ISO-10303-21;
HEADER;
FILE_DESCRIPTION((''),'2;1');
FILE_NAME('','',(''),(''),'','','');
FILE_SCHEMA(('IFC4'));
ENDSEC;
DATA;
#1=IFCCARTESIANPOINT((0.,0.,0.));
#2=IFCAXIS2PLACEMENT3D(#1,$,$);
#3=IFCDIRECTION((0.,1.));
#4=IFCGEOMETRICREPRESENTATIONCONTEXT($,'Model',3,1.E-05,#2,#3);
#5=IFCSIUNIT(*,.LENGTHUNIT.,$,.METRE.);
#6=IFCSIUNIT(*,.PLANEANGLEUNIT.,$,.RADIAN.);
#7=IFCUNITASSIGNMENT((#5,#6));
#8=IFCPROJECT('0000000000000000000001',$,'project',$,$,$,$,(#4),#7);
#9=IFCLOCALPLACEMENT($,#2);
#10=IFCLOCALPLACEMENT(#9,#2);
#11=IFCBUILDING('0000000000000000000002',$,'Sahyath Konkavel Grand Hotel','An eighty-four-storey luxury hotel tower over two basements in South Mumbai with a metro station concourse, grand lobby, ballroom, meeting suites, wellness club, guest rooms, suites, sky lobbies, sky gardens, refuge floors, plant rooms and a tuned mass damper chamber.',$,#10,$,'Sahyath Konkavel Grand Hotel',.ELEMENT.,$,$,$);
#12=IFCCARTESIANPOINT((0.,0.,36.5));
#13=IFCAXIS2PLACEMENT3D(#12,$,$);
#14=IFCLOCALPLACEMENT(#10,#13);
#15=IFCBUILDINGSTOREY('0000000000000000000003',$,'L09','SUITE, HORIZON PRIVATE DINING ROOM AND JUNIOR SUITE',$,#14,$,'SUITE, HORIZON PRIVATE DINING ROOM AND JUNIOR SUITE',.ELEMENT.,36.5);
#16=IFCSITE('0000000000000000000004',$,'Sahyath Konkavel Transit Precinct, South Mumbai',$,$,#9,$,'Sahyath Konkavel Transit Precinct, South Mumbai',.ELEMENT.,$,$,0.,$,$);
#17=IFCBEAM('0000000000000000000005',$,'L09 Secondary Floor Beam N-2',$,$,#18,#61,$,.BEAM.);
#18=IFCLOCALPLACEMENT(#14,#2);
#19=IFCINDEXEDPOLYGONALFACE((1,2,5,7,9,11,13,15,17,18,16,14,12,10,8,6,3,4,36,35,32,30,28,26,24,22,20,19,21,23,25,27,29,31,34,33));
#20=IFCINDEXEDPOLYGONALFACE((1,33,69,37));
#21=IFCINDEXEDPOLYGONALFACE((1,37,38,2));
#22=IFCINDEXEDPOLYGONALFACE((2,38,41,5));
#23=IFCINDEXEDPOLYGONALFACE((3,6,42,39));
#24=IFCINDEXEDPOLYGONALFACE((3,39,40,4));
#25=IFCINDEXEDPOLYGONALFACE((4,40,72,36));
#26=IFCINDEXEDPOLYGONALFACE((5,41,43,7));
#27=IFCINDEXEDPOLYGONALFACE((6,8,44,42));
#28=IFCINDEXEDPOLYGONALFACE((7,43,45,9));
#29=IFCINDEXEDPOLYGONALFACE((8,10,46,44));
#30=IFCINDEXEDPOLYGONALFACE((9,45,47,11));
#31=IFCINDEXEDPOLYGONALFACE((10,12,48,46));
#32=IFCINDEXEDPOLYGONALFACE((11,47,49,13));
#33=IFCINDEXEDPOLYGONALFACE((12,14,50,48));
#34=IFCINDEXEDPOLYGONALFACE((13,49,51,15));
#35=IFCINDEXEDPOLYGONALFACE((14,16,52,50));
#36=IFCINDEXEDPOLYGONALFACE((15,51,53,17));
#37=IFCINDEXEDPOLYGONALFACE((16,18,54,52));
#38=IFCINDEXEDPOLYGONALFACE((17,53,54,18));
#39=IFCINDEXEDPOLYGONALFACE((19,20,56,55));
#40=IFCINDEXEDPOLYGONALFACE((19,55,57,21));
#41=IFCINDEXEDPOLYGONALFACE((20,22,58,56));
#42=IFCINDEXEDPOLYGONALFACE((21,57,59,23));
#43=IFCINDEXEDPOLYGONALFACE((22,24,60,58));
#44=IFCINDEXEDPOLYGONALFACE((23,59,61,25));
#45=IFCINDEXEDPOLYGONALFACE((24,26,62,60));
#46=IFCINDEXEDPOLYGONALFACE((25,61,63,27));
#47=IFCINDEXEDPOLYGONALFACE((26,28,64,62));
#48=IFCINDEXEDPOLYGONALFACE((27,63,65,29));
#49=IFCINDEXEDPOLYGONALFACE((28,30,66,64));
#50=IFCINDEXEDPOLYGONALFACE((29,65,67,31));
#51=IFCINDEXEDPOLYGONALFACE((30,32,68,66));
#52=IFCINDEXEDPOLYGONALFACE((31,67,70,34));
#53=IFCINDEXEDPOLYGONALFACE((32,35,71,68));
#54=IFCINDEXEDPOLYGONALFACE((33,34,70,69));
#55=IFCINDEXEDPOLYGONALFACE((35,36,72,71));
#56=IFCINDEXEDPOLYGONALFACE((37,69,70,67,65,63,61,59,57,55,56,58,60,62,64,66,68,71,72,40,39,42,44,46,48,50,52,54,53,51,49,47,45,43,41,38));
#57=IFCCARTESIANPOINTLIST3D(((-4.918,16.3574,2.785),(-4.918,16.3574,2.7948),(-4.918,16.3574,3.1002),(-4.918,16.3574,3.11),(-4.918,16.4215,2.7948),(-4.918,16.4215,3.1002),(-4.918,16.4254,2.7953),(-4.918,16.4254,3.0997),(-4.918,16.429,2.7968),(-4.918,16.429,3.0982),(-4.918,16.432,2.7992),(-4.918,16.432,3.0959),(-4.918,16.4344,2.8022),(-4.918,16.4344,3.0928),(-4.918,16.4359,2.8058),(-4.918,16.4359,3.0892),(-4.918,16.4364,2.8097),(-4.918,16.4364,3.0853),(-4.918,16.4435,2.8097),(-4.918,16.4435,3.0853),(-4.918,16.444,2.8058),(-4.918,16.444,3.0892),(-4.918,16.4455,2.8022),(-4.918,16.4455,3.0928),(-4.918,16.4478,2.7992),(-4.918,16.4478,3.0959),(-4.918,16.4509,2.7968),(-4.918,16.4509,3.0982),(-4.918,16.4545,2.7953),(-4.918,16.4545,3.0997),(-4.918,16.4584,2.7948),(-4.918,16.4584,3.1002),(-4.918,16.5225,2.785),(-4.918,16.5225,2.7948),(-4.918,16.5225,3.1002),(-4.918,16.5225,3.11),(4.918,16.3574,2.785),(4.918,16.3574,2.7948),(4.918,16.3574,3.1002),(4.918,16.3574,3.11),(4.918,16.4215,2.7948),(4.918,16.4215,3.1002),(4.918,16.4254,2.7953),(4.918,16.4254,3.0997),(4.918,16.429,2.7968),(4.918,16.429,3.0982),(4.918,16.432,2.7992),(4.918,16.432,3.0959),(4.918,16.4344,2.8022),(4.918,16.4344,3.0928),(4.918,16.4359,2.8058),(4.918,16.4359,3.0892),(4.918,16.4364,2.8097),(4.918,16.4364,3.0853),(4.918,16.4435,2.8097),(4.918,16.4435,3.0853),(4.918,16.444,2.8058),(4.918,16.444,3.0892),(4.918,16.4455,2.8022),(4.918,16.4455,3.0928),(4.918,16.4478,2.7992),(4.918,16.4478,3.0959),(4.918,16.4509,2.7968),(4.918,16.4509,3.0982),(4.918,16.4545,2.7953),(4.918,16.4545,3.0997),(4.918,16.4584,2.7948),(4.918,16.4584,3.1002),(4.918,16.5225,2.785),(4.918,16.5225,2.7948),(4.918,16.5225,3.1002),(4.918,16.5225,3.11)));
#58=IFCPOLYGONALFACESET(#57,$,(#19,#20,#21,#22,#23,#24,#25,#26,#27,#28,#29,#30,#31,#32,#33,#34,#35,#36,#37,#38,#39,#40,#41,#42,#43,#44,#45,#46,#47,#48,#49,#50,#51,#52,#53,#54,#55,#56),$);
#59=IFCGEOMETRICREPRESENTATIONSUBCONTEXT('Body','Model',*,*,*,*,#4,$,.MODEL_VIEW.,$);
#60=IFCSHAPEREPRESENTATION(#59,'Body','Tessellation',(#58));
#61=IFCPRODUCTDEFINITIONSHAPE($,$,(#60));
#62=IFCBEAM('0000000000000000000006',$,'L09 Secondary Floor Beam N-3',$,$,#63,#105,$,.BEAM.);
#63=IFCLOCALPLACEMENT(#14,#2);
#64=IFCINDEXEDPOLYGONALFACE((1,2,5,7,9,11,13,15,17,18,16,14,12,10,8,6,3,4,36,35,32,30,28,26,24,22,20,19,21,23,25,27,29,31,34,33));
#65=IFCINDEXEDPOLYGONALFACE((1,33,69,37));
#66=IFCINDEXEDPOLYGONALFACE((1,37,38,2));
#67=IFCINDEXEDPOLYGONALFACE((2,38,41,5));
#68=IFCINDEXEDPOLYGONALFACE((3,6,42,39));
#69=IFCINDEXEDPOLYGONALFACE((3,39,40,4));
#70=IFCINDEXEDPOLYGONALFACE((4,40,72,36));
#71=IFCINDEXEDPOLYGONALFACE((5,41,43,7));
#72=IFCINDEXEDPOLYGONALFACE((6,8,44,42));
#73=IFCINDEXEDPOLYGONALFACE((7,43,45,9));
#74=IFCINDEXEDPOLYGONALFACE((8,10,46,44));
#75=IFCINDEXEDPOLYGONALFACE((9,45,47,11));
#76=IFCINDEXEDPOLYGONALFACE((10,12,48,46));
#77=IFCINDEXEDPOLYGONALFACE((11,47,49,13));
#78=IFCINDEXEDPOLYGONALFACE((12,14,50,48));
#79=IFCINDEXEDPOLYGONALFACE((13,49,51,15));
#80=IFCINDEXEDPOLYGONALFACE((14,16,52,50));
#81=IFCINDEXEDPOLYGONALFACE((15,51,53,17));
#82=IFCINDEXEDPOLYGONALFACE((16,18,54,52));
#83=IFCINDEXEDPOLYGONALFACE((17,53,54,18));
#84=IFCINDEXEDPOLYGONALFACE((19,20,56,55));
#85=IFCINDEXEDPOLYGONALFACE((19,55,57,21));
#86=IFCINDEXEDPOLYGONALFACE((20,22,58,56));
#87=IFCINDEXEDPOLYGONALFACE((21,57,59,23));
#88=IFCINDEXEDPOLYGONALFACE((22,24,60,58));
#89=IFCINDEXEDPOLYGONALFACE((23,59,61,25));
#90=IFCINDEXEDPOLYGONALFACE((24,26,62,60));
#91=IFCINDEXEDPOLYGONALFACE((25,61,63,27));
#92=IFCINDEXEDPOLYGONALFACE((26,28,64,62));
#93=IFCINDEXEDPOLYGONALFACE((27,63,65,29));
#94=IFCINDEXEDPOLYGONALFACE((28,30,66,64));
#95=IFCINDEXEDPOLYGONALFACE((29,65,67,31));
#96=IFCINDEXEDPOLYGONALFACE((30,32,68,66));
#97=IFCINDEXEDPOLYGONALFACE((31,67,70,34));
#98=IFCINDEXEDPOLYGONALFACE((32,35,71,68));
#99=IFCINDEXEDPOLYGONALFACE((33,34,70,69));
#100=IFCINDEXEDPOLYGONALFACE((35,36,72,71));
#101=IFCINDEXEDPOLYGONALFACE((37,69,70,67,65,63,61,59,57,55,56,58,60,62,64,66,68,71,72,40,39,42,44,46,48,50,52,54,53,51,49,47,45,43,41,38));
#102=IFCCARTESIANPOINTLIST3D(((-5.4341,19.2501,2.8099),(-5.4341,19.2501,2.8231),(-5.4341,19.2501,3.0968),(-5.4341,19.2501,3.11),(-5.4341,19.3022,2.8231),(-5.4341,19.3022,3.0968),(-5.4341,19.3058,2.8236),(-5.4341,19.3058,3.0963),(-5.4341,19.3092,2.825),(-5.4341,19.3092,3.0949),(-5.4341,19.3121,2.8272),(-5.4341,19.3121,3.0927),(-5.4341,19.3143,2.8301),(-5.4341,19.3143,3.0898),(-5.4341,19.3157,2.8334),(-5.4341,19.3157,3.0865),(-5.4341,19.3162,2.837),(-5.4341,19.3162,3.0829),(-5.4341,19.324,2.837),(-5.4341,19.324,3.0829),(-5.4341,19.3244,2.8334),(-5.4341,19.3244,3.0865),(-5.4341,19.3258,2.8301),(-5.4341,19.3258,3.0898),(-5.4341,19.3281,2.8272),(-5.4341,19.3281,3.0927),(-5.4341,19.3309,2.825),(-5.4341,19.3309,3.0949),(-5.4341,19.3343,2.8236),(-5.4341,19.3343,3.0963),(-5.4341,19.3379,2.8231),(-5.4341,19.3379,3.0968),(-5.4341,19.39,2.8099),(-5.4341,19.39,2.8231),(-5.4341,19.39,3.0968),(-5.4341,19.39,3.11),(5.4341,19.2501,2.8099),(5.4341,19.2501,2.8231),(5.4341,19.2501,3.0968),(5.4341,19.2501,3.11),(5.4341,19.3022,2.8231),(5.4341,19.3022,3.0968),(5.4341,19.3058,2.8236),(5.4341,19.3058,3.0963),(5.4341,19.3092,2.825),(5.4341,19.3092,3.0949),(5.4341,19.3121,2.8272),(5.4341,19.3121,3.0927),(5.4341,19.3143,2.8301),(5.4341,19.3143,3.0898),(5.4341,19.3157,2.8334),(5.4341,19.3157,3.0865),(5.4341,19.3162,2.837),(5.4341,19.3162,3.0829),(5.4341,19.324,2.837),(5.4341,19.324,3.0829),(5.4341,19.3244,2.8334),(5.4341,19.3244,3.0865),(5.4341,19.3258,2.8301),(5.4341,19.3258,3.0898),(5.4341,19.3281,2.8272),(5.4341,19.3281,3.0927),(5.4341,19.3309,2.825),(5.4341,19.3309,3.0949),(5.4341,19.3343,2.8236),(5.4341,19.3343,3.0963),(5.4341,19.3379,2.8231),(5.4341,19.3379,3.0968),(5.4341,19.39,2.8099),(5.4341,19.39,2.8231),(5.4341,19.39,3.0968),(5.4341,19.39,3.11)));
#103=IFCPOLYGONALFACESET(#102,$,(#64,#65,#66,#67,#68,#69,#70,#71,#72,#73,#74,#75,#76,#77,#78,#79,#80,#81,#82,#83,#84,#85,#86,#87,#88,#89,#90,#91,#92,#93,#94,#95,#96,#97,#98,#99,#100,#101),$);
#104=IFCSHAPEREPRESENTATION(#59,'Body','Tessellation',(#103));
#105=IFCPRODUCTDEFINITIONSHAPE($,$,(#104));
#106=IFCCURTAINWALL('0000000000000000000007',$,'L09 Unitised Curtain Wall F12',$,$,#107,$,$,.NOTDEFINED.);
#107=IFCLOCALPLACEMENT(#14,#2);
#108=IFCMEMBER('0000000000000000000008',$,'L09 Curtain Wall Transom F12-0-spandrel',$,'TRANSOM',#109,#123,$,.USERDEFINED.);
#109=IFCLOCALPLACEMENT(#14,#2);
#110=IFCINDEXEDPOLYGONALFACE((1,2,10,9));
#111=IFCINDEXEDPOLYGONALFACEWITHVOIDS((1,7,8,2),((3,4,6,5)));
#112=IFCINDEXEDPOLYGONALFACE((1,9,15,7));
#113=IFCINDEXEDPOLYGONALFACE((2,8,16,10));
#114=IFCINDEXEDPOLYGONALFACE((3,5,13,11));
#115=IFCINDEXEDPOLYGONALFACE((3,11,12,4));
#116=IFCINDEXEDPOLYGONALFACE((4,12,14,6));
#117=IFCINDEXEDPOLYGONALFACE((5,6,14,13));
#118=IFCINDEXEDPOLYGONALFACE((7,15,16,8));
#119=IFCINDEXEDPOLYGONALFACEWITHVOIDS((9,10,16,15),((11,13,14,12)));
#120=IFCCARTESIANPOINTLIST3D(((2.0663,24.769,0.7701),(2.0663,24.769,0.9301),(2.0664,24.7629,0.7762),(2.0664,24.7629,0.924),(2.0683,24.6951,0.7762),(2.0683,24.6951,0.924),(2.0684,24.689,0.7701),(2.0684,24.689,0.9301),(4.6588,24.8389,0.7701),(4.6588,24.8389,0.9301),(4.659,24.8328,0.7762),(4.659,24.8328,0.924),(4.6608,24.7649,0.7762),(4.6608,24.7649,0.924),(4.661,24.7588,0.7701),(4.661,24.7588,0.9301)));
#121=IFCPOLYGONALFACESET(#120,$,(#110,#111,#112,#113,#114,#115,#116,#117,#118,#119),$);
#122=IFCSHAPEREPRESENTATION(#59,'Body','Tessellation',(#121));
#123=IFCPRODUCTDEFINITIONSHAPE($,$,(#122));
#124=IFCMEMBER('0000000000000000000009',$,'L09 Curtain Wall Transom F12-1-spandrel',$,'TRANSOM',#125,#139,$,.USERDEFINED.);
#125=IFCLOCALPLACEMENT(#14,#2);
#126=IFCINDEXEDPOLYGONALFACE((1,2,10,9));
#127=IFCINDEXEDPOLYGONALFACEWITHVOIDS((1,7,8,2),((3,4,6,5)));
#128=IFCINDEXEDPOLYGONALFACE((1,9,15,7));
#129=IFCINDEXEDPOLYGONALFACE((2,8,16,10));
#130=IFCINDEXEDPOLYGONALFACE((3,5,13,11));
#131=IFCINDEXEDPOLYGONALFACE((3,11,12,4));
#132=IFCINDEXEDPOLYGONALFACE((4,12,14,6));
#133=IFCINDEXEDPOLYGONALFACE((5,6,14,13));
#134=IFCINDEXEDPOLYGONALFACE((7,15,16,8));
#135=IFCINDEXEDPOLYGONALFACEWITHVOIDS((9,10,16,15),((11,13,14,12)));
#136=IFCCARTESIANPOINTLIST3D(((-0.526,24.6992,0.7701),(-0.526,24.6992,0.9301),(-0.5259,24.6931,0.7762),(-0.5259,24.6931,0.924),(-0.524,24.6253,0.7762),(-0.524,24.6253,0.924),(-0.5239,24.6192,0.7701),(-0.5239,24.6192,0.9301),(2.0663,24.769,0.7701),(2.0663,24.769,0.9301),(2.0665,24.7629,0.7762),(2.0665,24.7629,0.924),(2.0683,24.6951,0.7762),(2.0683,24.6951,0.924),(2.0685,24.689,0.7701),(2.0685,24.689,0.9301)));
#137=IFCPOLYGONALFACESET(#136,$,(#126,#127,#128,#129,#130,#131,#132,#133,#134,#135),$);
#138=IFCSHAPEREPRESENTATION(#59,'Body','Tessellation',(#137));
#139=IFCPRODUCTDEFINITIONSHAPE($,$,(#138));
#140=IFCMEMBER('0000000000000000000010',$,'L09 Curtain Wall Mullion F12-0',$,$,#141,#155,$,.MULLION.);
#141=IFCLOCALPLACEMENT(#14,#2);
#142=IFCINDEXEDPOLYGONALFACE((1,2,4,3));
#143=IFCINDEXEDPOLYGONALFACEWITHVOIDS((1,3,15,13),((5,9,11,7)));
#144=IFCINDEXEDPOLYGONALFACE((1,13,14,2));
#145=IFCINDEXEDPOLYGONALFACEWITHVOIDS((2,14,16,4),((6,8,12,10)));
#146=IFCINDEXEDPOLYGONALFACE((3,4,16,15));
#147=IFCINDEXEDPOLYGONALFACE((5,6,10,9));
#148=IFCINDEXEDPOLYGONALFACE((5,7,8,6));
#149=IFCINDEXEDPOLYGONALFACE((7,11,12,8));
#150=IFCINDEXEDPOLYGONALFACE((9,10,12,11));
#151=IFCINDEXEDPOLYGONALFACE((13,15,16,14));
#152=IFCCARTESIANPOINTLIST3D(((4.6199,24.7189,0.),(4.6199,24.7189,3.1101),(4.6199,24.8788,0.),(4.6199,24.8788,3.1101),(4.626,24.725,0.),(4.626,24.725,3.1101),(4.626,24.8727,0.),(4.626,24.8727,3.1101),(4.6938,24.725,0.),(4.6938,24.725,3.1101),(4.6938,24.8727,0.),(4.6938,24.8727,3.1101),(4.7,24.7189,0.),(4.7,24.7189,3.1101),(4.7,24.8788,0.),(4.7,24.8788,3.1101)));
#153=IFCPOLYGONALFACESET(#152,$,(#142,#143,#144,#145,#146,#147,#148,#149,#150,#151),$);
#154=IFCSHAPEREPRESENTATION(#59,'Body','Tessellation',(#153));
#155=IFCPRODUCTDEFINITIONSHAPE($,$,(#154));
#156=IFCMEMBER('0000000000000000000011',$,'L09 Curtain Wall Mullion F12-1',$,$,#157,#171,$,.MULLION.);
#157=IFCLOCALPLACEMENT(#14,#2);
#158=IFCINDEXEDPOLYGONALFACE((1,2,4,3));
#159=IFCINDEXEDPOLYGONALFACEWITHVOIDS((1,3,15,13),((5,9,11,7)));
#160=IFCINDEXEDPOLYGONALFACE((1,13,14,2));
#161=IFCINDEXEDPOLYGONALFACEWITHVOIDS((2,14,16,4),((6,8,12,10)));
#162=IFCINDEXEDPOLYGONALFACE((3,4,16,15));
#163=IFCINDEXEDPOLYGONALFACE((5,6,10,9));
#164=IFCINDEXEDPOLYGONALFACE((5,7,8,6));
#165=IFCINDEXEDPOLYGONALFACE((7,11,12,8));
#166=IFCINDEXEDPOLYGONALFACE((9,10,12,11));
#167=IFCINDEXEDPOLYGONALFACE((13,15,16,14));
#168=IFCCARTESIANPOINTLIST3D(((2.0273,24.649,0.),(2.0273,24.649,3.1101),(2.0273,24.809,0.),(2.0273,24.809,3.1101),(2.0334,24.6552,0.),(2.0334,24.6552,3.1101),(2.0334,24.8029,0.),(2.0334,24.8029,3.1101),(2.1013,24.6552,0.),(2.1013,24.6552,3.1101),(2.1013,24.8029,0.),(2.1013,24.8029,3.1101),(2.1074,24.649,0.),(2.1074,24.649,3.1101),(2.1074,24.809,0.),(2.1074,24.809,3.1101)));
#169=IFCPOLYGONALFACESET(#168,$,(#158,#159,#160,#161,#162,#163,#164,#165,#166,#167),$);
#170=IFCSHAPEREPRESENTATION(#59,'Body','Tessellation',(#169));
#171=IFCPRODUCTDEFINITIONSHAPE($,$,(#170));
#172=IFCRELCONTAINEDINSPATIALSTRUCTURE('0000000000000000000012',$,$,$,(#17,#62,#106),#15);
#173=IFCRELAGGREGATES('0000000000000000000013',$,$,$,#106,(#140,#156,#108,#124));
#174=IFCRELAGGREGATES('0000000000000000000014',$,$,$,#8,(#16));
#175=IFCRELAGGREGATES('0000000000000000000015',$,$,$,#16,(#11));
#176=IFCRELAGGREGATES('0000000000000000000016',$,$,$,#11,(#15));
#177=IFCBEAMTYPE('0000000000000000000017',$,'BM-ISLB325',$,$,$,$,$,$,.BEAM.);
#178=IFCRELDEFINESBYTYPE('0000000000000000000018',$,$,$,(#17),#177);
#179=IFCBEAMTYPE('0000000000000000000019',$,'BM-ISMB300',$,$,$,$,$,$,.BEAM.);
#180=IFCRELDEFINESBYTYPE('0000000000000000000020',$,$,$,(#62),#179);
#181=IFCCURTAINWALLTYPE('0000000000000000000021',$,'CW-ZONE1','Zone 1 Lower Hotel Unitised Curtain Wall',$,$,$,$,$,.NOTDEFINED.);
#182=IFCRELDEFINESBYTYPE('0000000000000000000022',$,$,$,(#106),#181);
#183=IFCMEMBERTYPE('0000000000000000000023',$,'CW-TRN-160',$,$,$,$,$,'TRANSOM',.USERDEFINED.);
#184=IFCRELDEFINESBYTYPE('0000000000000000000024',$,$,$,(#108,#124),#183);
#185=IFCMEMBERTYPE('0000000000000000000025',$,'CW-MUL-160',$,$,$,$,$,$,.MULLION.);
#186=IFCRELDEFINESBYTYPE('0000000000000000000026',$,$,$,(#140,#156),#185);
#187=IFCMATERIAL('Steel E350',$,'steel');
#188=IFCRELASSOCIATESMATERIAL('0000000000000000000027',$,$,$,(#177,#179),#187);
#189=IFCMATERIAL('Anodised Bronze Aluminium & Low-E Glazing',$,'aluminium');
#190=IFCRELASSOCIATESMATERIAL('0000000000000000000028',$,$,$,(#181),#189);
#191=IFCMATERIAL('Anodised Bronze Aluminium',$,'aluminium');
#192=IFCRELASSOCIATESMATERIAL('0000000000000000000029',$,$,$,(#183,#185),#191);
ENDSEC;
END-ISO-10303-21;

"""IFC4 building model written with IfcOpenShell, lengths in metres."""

from ifc_helpers import new_model, si_unit, direction, frame, origin, origin_2d, place, context, subcontext, project, spatial, hollow_rectangle, i_section, extrude, source, transform, mapped, material, material_profile, profile_set, type_object, element, aggregate, save


model = new_model("IFC4")

# Units and contexts
model_context = context("Model", 3, precision=1e-05, world=origin(), true_north=direction((0.0, 1.0)))
body_context = subcontext(model_context, "Body", "Model", "MODEL_VIEW")
ifc_project = project(units=[si_unit("LENGTHUNIT", "METRE"), si_unit("PLANEANGLEUNIT", "RADIAN")], contexts=[model_context])

# Site, building, storey
site_placement = place(None, origin())
site = spatial("IfcSite", under=ifc_project, at=site_placement, Name="Sahyath Konkavel Transit Precinct, South Mumbai", LongName="Sahyath Konkavel Transit Precinct, South Mumbai", CompositionType="ELEMENT", RefElevation=0.0)
building_placement = place(site_placement, origin())
building = spatial("IfcBuilding", under=site, at=building_placement, Name="Sahyath Konkavel Grand Hotel", Description="An eighty-four-storey luxury hotel tower over two basements in South Mumbai with a metro station concourse, grand lobby, ballroom, meeting suites, wellness club, guest rooms, suites, sky lobbies, sky gardens, refuge floors, plant rooms and a tuned mass damper chamber.", LongName="Sahyath Konkavel Grand Hotel", CompositionType="ELEMENT")
storey_placement = place(building_placement, frame((0.0, 0.0, 36.5)))
storey = spatial("IfcBuildingStorey", under=building, at=storey_placement, Name="L09", Description="SUITE, HORIZON PRIVATE DINING ROOM AND JUNIOR SUITE", LongName="SUITE, HORIZON PRIVATE DINING ROOM AND JUNIOR SUITE", CompositionType="ELEMENT", Elevation=36.5)

# Beams
ifc_material_1 = material(Name="Steel E350", Category="steel")
ifc_material_profile_1 = material_profile(ifc_material_1, i_section(OverallWidth=0.165, OverallDepth=0.325, WebThickness=0.0071, FlangeThickness=0.0098, FilletRadius=0.0149, at=origin_2d()), Name="ISLB 325")
ifc_profile_set_1 = profile_set([ifc_material_profile_1], Name="Steel E350")
beam_type_1 = type_object("IfcBeamType", Name="BM-ISLB325", PredefinedType="BEAM", material=ifc_profile_set_1)
shared_shape_1 = source(origin(), body_context, "Body", "SweptSolid", [
    extrude(i_section(OverallWidth=0.165, OverallDepth=0.325, WebThickness=0.0071, FlangeThickness=0.0098, FilletRadius=0.0149, at=origin_2d()), origin(), (0.0, 0.0, 1.0), 9.8359),
])
beam_1_placement = place(storey_placement, frame((4.918, 16.4399, 2.9475), z_axis=(-1.0, 0.0, 0.0), x_axis=(0.0, -1.0, 0.0)))
element("IfcBeam", 1, at=beam_1_placement, inside=storey, type_object=beam_type_1, Name="L09 Secondary Floor Beam N-2", PredefinedType="BEAM", context=body_context, shape_type="MappedRepresentation", body=[
    mapped(shared_shape_1, transform((0.0, 0.0, 0.0), scale=1.0)),
])
ifc_material_profile_2 = material_profile(ifc_material_1, i_section(OverallWidth=0.1399, OverallDepth=0.3, WebThickness=0.0078, FlangeThickness=0.0132, FilletRadius=0.0139, at=origin_2d()), Name="ISMB 300")
ifc_profile_set_2 = profile_set([ifc_material_profile_2], Name="Steel E350")
beam_type_2 = type_object("IfcBeamType", Name="BM-ISMB300", PredefinedType="BEAM", material=ifc_profile_set_2)
shared_shape_2 = source(origin(), body_context, "Body", "SweptSolid", [
    extrude(i_section(OverallWidth=0.1399, OverallDepth=0.3, WebThickness=0.0078, FlangeThickness=0.0132, FilletRadius=0.0139, at=origin_2d()), origin(), (0.0, 0.0, 1.0), 10.8682),
])
beam_2_placement = place(storey_placement, frame((5.4341, 19.3201, 2.96), z_axis=(-1.0, 0.0, 0.0), x_axis=(0.0, -1.0, 0.0)))
element("IfcBeam", 2, at=beam_2_placement, inside=storey, type_object=beam_type_2, Name="L09 Secondary Floor Beam N-3", PredefinedType="BEAM", context=body_context, shape_type="MappedRepresentation", body=[
    mapped(shared_shape_2, transform((0.0, 0.0, 0.0), scale=1.0)),
])

# Curtain wall, members
ifc_material_2 = material(Name="Anodised Bronze Aluminium & Low-E Glazing", Category="aluminium")
curtain_wall_type = type_object("IfcCurtainWallType", Name="CW-ZONE1", Description="Zone 1 Lower Hotel Unitised Curtain Wall", PredefinedType="NOTDEFINED", material=ifc_material_2)
curtain_wall_placement = place(storey_placement, origin())
curtain_wall = element("IfcCurtainWall", 3, at=curtain_wall_placement, inside=storey, type_object=curtain_wall_type, Name="L09 Unitised Curtain Wall F12", PredefinedType="NOTDEFINED")
ifc_material_3 = material(Name="Anodised Bronze Aluminium", Category="aluminium")
ifc_material_profile_3 = material_profile(ifc_material_3, hollow_rectangle(XDim=0.0801, YDim=0.1599, WallThickness=0.0061, at=origin_2d()), Name="RHS 160x80x6")
ifc_profile_set_3 = profile_set([ifc_material_profile_3], Name="Anodised Bronze Aluminium")
member_type_1 = type_object("IfcMemberType", Name="CW-TRN-160", ElementType="TRANSOM", PredefinedType="USERDEFINED", material=ifc_profile_set_3)
shared_shape_3 = source(origin(), body_context, "Body", "SweptSolid", [
    extrude(hollow_rectangle(XDim=0.0801, YDim=0.1599, WallThickness=0.0061, at=origin_2d()), origin(), (0.0, 0.0, 1.0), 2.5935),
])
member_1_placement = place(storey_placement, frame((4.6599, 24.7988, 0.8501), z_axis=(-0.999638, -0.026923, 0.0), x_axis=(0.026923, -0.999638, 0.0)))
member_1 = element("IfcMember", 4, at=member_1_placement, type_object=member_type_1, Name="L09 Curtain Wall Transom F12-0-spandrel", ObjectType="TRANSOM", PredefinedType="USERDEFINED", context=body_context, shape_type="MappedRepresentation", body=[
    mapped(shared_shape_3, transform((0.0, 0.0, 0.0), scale=1.0)),
])
shared_shape_4 = source(origin(), body_context, "Body", "SweptSolid", [
    extrude(hollow_rectangle(XDim=0.0801, YDim=0.1599, WallThickness=0.0061, at=origin_2d()), origin(), (0.0, 0.0, 1.0), 2.5933),
])
member_2_placement = place(storey_placement, frame((2.0674, 24.729, 0.8501), z_axis=(-0.999637, -0.026926, 0.0), x_axis=(0.026926, -0.999637, 0.0)))
member_2 = element("IfcMember", 5, at=member_2_placement, type_object=member_type_1, Name="L09 Curtain Wall Transom F12-1-spandrel", ObjectType="TRANSOM", PredefinedType="USERDEFINED", context=body_context, shape_type="MappedRepresentation", body=[
    mapped(shared_shape_4, transform((0.0, 0.0, 0.0), scale=1.0)),
])
ifc_material_profile_4 = material_profile(ifc_material_3, hollow_rectangle(XDim=0.0801, YDim=0.1599, WallThickness=0.0061, at=origin_2d()), Name="RHS 160x80x6")
ifc_profile_set_4 = profile_set([ifc_material_profile_4], Name="Anodised Bronze Aluminium")
member_type_2 = type_object("IfcMemberType", Name="CW-MUL-160", PredefinedType="MULLION", material=ifc_profile_set_4)
shared_shape_5 = source(origin(), body_context, "Body", "SweptSolid", [
    extrude(hollow_rectangle(XDim=0.0801, YDim=0.1599, WallThickness=0.0061, at=origin_2d()), origin(), (0.0, 0.0, 1.0), 3.1101),
])
member_3_placement = place(storey_placement, frame((4.6599, 24.7988, 0.0), z_axis=(0.0, 0.0, 1.0), x_axis=(1.0, 0.0, 0.0)))
member_3 = element("IfcMember", 6, at=member_3_placement, type_object=member_type_2, Name="L09 Curtain Wall Mullion F12-0", PredefinedType="MULLION", context=body_context, shape_type="MappedRepresentation", body=[
    mapped(shared_shape_5, transform((0.0, 0.0, 0.0), scale=1.0)),
])
member_4_placement = place(storey_placement, frame((2.0674, 24.729, 0.0), z_axis=(0.0, 0.0, 1.0), x_axis=(1.0, 0.0, 0.0)))
member_4 = element("IfcMember", 7, at=member_4_placement, type_object=member_type_2, Name="L09 Curtain Wall Mullion F12-1", PredefinedType="MULLION", context=body_context, shape_type="MappedRepresentation", body=[
    mapped(shared_shape_5, transform((0.0, 0.0, 0.0), scale=1.0)),
])
aggregate(curtain_wall, [member_3, member_4, member_1, member_2])

save(model, "model.ifc")
